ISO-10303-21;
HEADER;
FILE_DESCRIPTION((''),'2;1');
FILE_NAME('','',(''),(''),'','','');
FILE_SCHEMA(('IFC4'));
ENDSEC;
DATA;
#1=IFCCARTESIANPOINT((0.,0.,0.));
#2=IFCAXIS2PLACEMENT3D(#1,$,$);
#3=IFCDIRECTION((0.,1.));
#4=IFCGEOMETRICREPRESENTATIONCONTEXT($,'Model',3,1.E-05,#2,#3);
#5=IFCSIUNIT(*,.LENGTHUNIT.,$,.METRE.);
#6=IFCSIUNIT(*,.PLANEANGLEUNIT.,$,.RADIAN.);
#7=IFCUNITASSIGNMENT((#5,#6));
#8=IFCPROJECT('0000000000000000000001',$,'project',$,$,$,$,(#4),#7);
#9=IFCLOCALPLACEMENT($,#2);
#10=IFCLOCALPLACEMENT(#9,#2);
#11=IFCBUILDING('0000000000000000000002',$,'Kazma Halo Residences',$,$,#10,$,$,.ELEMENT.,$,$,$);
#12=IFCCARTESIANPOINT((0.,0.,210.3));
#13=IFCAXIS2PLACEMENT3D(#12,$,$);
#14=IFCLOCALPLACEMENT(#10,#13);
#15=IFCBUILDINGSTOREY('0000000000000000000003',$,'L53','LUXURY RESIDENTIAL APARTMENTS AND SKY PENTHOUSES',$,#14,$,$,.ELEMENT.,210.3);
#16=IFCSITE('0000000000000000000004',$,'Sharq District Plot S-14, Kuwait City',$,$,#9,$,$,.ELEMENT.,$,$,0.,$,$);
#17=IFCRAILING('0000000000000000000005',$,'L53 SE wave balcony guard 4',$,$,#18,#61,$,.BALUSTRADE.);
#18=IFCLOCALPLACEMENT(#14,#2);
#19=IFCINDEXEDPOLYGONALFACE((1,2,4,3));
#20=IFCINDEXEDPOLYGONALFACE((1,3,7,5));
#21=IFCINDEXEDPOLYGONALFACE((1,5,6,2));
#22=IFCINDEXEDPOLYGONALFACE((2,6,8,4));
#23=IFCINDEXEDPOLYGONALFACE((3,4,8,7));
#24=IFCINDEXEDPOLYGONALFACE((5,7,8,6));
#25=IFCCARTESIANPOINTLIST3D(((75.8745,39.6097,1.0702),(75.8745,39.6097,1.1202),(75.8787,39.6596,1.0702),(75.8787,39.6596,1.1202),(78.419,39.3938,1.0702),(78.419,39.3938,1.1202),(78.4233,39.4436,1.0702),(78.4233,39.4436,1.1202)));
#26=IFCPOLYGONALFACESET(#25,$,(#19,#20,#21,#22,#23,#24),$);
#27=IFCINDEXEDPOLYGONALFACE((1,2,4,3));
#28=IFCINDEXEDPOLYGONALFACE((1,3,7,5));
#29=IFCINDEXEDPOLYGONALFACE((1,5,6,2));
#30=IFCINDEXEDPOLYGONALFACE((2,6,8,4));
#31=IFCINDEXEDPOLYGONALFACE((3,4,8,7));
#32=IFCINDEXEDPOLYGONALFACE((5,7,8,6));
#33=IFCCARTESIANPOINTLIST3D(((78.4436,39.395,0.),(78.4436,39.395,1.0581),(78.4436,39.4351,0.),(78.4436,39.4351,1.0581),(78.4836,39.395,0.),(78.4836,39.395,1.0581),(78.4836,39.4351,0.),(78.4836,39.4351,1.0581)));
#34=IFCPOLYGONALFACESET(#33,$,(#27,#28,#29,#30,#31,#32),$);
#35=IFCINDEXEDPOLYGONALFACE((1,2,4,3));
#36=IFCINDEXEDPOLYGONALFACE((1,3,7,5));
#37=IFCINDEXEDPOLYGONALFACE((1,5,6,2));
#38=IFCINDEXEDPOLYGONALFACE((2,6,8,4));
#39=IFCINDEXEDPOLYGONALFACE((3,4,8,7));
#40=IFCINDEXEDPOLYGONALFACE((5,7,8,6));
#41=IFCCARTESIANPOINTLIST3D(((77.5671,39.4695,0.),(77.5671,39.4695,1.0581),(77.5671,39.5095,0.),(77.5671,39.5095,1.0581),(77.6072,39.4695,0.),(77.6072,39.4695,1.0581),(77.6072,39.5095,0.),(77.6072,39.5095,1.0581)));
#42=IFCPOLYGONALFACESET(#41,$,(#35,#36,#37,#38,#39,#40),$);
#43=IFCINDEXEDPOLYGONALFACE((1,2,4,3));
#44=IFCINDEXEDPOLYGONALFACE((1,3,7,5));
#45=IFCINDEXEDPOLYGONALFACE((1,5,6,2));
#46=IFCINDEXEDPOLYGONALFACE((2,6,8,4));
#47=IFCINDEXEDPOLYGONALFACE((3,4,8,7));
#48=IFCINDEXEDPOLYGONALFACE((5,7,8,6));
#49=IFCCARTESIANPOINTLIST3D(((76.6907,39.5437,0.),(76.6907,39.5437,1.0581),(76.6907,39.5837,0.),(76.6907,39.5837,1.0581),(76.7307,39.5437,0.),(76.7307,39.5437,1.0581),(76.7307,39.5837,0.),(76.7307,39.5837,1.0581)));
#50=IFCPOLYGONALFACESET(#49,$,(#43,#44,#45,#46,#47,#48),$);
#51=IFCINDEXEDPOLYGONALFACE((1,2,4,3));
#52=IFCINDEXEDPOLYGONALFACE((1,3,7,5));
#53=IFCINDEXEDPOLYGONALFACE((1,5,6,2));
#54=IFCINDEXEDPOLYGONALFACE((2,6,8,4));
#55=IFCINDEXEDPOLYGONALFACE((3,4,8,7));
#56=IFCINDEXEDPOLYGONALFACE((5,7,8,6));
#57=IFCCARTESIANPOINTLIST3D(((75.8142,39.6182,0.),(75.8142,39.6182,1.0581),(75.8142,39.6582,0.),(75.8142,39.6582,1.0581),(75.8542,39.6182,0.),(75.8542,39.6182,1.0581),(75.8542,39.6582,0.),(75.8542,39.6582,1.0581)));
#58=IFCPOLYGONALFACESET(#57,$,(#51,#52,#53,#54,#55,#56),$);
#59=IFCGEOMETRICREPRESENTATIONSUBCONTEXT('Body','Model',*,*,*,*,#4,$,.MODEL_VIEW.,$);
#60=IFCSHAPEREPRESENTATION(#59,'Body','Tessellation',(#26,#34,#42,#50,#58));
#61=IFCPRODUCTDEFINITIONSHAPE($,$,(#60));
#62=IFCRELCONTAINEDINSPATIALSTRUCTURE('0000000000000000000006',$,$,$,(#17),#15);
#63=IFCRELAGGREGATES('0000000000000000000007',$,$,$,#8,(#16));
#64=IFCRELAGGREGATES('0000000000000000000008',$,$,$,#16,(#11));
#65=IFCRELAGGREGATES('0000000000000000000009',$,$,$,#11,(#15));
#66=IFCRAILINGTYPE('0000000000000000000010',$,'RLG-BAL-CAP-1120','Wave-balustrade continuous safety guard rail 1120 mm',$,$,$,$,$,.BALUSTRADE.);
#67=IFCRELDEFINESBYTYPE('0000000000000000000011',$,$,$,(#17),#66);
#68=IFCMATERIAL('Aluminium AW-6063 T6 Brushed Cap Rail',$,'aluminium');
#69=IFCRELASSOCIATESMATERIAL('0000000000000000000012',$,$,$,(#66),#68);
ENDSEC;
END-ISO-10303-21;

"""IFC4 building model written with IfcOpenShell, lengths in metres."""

from ifc_helpers import new_model, si_unit, direction, frame, origin, origin_2d, place, context, subcontext, project, spatial, rectangle, extrude, material, type_object, element, save


model = new_model("IFC4")

# Units and contexts
model_context = context("Model", 3, precision=1e-05, world=origin(), true_north=direction((0.0, 1.0)))
body_context = subcontext(model_context, "Body", "Model", "MODEL_VIEW")
ifc_project = project(units=[si_unit("LENGTHUNIT", "METRE"), si_unit("PLANEANGLEUNIT", "RADIAN")], contexts=[model_context])

# Site, building, storey
site_placement = place(None, origin())
site = spatial("IfcSite", under=ifc_project, at=site_placement, Name="Sharq District Plot S-14, Kuwait City", CompositionType="ELEMENT", RefElevation=0.0)
building_placement = place(site_placement, origin())
building = spatial("IfcBuilding", under=site, at=building_placement, Name="Kazma Halo Residences", CompositionType="ELEMENT")
storey_placement = place(building_placement, frame((0.0, 0.0, 210.3)))
storey = spatial("IfcBuildingStorey", under=building, at=storey_placement, Name="L53", Description="LUXURY RESIDENTIAL APARTMENTS AND SKY PENTHOUSES", CompositionType="ELEMENT", Elevation=210.3)

# Railing
ifc_material_1 = material(Name="Aluminium AW-6063 T6 Brushed Cap Rail", Category="aluminium")
railing_type = type_object("IfcRailingType", Name="RLG-BAL-CAP-1120", Description="Wave-balustrade continuous safety guard rail 1120 mm", PredefinedType="BALUSTRADE", material=ifc_material_1)
railing_placement = place(storey_placement, frame((78.4636, 39.415, 0.0)))
element("IfcRailing", 1, at=railing_placement, inside=storey, type_object=railing_type, Name="L53 SE wave balcony guard 4", PredefinedType="BALUSTRADE", context=body_context, shape_type="SweptSolid", body=[
    extrude(rectangle(XDim=0.05, YDim=0.05, at=origin_2d()), frame((-0.0425, 0.0037, 1.0952), z_axis=(-0.996418, 0.084561, 0.0), x_axis=(-0.084561, -0.996418, 0.0)), (0.0, 0.0, 1.0), 2.5537),
    extrude(rectangle(XDim=0.04, YDim=0.04, at=origin_2d()), origin(), (0.0, 0.0, 1.0), 1.0581),
    extrude(rectangle(XDim=0.04, YDim=0.04, at=origin_2d()), frame((-0.8765, 0.0745, 0.0)), (0.0, 0.0, 1.0), 1.0581),
    extrude(rectangle(XDim=0.04, YDim=0.04, at=origin_2d()), frame((-1.7529, 0.1487, 0.0)), (0.0, 0.0, 1.0), 1.0581),
    extrude(rectangle(XDim=0.04, YDim=0.04, at=origin_2d()), frame((-2.6294, 0.2231, 0.0)), (0.0, 0.0, 1.0), 1.0581),
])

save(model, "model.ifc")
